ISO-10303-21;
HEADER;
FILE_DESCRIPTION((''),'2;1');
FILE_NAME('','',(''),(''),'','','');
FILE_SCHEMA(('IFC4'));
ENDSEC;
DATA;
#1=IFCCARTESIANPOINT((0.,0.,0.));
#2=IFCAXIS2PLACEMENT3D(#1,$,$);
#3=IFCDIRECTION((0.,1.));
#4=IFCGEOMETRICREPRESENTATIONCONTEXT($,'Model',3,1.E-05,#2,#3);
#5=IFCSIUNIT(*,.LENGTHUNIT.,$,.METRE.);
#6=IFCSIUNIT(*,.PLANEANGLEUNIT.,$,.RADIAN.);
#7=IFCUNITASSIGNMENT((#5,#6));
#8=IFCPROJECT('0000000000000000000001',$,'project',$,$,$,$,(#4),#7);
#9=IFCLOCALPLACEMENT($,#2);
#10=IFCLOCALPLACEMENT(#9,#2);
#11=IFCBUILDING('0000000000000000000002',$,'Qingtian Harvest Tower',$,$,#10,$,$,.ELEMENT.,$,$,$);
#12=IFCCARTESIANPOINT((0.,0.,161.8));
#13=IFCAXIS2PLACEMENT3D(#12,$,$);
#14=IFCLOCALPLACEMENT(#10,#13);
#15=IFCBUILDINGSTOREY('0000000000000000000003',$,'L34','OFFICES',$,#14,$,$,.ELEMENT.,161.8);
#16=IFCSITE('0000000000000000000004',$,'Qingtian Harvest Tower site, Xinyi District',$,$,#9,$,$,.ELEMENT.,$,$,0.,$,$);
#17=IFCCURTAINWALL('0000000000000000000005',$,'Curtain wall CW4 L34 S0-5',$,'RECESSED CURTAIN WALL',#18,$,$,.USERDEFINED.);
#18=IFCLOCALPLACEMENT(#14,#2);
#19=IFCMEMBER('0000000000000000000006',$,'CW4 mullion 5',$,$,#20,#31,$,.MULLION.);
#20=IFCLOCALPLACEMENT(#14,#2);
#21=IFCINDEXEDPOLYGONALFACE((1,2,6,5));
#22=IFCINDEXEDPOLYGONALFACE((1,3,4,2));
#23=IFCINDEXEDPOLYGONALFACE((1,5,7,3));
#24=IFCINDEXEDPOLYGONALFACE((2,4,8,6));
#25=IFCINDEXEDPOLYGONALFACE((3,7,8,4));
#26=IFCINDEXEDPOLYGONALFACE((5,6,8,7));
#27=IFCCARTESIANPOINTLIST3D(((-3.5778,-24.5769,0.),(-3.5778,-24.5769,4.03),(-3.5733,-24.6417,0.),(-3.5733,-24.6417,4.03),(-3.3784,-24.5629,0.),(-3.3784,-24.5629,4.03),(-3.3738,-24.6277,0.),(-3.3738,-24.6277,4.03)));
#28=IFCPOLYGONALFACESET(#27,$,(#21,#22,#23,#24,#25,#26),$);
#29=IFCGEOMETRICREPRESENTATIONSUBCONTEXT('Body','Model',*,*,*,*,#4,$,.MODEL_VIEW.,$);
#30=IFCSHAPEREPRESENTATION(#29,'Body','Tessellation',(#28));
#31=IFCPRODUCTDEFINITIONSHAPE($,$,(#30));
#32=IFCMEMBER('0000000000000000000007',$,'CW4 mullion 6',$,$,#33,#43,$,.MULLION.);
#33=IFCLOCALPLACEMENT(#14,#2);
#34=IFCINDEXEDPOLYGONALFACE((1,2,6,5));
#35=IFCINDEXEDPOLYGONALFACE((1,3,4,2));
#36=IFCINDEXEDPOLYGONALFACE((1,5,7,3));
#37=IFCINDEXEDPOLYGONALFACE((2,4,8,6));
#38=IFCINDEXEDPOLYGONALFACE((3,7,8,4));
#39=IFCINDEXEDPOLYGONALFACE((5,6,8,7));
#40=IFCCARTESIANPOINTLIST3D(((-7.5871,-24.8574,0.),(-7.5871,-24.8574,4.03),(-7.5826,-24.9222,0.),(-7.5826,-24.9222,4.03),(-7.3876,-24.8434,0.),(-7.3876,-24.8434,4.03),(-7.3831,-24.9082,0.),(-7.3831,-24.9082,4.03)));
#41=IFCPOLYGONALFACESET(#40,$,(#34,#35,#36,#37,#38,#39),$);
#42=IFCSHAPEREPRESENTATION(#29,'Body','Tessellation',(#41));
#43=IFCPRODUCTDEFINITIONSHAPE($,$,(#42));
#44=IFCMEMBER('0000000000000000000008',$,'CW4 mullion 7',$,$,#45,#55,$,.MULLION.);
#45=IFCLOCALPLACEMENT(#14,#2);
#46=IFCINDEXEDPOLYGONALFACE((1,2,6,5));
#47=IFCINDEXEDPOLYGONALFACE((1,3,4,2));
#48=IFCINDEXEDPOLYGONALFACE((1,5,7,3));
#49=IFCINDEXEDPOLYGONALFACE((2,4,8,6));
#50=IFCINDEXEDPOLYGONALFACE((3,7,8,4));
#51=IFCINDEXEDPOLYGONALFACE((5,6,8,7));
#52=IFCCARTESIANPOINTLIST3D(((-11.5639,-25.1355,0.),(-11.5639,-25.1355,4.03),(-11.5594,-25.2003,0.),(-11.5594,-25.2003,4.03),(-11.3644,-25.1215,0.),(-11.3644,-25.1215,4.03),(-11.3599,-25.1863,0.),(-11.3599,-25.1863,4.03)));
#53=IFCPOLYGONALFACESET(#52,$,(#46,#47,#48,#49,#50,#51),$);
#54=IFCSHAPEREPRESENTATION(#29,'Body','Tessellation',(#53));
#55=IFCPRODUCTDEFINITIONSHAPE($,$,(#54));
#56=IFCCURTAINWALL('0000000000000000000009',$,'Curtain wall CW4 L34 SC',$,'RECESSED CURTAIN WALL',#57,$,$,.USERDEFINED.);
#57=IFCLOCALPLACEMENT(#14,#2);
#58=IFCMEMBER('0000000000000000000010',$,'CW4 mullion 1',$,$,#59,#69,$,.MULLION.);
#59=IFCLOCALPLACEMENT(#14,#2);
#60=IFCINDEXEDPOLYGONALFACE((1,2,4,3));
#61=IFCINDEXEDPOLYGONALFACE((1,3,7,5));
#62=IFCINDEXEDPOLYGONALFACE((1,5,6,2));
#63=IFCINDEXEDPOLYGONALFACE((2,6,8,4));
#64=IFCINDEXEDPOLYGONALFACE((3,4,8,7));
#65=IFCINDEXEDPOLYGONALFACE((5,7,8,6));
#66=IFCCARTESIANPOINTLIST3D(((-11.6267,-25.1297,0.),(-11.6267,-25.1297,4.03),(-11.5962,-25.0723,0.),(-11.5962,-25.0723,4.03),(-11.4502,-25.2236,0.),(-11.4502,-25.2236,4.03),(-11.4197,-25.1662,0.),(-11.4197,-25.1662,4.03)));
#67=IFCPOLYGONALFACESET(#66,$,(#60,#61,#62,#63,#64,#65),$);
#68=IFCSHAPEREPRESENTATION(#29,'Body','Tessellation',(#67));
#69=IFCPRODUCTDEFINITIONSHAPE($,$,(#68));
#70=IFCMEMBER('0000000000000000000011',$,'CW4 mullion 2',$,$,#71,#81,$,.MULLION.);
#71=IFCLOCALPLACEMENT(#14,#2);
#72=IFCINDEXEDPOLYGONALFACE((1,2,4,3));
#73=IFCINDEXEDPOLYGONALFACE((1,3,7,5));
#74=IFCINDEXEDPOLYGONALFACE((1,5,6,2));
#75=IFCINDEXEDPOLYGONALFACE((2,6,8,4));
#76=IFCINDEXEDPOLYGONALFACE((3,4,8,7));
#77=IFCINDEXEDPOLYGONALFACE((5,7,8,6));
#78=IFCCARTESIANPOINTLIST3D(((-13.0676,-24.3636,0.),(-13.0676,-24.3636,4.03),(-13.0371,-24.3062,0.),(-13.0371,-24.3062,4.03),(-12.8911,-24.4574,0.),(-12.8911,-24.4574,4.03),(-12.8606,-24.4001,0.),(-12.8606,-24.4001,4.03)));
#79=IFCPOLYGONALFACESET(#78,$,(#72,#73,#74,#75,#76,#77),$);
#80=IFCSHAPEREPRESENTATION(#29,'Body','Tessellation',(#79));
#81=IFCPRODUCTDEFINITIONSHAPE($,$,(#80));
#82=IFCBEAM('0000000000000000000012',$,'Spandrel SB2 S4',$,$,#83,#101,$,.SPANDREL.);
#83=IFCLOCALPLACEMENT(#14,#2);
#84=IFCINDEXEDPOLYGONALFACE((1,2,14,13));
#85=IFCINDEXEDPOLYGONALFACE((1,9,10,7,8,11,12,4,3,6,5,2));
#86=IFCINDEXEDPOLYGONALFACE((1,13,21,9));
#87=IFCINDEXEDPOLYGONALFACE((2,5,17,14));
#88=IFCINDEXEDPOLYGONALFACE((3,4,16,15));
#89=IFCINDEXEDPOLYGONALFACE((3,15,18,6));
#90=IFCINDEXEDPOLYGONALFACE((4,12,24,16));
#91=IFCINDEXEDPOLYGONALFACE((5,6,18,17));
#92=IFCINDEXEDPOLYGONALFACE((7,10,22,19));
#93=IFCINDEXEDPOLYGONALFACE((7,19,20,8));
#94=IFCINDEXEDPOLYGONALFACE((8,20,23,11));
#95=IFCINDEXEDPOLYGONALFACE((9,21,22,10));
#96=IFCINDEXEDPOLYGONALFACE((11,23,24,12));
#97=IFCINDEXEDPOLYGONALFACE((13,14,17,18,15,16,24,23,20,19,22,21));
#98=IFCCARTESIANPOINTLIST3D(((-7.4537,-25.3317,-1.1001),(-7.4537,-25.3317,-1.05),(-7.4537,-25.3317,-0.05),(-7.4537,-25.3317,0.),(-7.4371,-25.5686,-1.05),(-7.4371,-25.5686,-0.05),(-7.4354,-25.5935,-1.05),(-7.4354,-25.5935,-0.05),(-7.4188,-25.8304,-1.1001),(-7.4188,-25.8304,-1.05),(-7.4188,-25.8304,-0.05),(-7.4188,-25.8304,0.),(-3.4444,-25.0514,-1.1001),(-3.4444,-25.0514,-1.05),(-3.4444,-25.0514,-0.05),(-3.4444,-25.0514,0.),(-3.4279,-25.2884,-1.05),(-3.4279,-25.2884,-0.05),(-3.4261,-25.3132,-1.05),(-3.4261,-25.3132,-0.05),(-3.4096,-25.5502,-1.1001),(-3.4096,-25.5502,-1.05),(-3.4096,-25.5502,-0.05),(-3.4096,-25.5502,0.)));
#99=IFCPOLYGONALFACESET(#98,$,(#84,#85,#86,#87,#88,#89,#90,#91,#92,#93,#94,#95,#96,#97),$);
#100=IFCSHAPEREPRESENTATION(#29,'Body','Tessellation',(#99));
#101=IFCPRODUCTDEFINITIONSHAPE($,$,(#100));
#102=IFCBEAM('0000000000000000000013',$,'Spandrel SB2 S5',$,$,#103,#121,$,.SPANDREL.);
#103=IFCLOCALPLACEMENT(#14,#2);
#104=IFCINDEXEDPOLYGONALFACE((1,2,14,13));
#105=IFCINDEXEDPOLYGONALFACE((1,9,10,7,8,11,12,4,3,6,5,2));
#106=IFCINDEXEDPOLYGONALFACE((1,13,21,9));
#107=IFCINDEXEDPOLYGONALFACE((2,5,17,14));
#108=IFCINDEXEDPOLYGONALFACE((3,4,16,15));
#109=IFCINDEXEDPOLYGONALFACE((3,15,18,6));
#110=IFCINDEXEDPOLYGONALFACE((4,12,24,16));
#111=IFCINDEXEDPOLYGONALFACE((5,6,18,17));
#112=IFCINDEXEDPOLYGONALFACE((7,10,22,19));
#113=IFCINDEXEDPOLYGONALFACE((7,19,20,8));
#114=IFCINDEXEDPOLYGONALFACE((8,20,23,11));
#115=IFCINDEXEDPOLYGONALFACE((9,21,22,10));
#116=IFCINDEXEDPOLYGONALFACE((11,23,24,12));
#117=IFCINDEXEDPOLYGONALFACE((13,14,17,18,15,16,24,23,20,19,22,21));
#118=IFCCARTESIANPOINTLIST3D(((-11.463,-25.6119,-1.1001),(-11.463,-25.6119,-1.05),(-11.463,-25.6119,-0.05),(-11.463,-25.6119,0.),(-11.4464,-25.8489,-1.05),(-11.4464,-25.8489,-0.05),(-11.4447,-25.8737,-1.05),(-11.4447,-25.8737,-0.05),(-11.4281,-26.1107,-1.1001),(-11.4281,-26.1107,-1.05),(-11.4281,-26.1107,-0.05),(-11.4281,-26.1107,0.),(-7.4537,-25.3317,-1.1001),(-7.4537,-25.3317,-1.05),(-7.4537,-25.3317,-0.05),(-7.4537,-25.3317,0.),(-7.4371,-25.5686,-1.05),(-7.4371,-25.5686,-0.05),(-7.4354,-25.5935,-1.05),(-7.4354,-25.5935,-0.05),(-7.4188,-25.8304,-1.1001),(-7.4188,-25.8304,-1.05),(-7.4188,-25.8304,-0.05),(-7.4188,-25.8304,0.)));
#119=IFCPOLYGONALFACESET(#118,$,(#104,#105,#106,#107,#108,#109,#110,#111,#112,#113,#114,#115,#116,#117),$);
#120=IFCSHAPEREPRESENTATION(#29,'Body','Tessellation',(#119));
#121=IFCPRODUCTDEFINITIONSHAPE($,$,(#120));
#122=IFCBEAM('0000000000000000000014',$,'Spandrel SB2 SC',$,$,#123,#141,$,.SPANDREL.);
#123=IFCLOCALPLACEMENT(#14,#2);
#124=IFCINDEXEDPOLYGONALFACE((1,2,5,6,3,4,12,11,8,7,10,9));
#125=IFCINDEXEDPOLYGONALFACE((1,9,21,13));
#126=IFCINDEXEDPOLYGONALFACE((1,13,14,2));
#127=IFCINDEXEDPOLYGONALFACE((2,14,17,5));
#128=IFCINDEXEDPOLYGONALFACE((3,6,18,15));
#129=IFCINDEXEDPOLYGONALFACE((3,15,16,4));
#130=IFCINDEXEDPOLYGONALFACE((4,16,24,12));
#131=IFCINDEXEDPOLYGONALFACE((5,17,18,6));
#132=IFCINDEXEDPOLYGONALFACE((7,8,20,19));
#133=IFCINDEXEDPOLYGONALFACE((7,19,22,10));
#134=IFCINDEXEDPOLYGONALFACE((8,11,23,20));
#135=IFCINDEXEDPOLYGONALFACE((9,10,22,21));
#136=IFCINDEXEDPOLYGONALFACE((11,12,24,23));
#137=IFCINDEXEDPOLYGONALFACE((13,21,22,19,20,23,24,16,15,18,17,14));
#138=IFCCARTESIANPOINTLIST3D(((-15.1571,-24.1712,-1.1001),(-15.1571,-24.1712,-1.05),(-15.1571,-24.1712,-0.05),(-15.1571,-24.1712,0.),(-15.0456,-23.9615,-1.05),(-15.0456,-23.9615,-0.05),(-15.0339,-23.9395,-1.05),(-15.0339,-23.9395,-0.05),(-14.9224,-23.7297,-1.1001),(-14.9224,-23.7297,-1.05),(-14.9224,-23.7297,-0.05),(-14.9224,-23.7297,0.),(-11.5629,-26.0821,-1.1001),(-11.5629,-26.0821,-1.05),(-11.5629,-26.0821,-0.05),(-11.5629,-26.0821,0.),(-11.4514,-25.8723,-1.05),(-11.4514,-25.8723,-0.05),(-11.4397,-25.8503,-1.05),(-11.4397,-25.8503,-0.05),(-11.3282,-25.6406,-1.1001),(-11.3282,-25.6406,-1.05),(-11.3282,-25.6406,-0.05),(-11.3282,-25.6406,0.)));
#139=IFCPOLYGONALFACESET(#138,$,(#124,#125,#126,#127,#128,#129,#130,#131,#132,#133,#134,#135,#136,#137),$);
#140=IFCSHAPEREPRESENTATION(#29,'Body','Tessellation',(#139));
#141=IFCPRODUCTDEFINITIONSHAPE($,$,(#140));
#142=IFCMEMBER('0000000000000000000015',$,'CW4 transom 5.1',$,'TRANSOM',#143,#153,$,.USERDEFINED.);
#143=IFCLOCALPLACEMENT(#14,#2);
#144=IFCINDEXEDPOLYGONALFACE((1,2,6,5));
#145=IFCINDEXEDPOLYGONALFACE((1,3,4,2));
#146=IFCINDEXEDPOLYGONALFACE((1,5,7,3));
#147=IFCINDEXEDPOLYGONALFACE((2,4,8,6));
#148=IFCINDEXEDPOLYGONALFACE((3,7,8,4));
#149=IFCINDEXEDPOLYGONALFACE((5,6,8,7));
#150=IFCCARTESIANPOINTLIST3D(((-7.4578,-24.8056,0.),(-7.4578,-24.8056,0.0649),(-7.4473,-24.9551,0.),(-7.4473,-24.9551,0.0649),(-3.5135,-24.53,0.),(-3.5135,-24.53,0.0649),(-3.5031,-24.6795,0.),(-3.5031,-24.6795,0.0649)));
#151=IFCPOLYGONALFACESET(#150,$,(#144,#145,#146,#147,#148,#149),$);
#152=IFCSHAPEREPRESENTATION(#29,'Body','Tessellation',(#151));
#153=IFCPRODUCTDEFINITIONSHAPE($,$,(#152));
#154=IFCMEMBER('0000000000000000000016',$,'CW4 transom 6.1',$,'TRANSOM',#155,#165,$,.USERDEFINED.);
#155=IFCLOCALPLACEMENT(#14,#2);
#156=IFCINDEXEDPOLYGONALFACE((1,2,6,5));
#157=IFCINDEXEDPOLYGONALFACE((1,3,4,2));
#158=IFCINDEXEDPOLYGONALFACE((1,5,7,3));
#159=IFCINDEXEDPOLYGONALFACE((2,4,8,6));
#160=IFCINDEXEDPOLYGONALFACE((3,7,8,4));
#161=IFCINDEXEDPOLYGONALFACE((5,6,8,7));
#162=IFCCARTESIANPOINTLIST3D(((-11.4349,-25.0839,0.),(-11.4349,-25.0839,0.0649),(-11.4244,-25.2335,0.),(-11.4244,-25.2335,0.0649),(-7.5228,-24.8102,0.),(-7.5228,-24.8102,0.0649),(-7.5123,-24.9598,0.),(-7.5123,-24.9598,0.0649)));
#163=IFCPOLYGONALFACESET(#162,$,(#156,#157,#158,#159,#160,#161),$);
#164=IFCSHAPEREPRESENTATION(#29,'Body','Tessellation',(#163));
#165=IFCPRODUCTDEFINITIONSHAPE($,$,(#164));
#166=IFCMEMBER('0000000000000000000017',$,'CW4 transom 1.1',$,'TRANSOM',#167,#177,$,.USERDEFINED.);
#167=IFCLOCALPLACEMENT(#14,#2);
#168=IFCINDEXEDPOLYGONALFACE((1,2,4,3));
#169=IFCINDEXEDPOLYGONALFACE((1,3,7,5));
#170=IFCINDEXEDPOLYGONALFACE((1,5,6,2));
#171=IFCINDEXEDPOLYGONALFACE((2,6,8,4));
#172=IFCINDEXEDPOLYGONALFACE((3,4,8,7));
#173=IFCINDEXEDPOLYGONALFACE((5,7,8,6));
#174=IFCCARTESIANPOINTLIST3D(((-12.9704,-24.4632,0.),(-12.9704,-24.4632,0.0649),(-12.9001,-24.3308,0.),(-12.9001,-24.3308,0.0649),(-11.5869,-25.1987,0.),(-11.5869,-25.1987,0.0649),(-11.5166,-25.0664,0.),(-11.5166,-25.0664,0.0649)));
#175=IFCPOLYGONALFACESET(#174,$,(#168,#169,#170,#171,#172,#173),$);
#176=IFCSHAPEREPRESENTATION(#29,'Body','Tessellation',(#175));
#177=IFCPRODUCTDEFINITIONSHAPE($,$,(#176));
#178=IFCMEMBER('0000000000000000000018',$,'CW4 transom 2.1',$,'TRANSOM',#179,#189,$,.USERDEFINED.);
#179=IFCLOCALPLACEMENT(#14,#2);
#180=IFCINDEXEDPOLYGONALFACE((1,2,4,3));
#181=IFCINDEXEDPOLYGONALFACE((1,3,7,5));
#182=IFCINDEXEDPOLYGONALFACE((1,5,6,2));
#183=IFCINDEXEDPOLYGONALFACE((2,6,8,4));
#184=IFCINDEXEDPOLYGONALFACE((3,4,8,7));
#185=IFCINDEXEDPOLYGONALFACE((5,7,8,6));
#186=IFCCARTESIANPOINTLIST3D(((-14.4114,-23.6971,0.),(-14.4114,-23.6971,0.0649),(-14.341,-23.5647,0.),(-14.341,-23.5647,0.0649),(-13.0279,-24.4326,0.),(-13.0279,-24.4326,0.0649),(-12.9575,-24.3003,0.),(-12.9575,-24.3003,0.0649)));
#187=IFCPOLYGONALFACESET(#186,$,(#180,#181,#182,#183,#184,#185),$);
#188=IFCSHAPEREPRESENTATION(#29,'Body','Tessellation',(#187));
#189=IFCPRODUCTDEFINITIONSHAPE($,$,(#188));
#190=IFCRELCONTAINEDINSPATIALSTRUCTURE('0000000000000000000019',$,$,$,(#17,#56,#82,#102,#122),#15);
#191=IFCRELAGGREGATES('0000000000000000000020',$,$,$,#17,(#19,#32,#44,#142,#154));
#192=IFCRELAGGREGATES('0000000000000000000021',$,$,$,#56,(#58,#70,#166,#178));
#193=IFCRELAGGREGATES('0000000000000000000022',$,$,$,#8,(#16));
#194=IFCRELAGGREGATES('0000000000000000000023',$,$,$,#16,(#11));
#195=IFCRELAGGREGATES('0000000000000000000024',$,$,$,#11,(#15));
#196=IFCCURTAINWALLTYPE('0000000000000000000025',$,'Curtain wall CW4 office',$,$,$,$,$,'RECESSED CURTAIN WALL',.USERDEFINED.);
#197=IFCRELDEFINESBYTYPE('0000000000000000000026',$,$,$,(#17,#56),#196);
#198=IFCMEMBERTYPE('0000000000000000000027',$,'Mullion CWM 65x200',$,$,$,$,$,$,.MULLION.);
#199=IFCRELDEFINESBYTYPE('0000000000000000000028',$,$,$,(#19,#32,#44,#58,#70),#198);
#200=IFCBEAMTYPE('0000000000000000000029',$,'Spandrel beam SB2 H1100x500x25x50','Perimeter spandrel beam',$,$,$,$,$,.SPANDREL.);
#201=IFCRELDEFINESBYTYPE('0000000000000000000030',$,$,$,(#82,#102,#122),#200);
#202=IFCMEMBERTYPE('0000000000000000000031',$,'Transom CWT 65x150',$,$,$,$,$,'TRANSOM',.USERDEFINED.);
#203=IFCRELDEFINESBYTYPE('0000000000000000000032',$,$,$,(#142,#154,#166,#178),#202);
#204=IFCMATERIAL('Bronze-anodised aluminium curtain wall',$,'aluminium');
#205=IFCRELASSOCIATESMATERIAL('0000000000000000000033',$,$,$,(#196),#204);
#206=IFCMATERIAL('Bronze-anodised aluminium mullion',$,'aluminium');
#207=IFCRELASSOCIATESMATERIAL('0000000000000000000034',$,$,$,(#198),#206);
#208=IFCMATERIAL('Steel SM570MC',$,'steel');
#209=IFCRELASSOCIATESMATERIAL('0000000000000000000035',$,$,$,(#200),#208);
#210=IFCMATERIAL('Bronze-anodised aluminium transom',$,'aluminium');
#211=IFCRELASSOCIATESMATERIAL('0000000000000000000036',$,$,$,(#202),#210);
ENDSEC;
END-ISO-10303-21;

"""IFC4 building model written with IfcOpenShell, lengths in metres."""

from ifc_helpers import new_model, si_unit, direction, frame, origin, origin_2d, place, context, subcontext, project, spatial, rectangle, i_section, extrude, material, material_profile, profile_set, type_object, element, aggregate, save


model = new_model("IFC4")

# Units and contexts
model_context = context("Model", 3, precision=1e-05, world=origin(), true_north=direction((0.0, 1.0)))
body_context = subcontext(model_context, "Body", "Model", "MODEL_VIEW")
ifc_project = project(units=[si_unit("LENGTHUNIT", "METRE"), si_unit("PLANEANGLEUNIT", "RADIAN")], contexts=[model_context])

# Site, building, storey
site_placement = place(None, origin())
site = spatial("IfcSite", under=ifc_project, at=site_placement, Name="Qingtian Harvest Tower site, Xinyi District", CompositionType="ELEMENT", RefElevation=0.0)
building_placement = place(site_placement, origin())
building = spatial("IfcBuilding", under=site, at=building_placement, Name="Qingtian Harvest Tower", CompositionType="ELEMENT")
storey_placement = place(building_placement, frame((0.0, 0.0, 161.8)))
storey = spatial("IfcBuildingStorey", under=building, at=storey_placement, Name="L34", Description="OFFICES", CompositionType="ELEMENT", Elevation=161.8)

# Curtain walls, members
ifc_material_1 = material(Name="Bronze-anodised aluminium curtain wall", Category="aluminium")
curtain_wall_type = type_object("IfcCurtainWallType", Name="Curtain wall CW4 office", ElementType="RECESSED CURTAIN WALL", PredefinedType="USERDEFINED", material=ifc_material_1)
curtain_wall_1_placement = place(storey_placement, origin())
curtain_wall_1 = element("IfcCurtainWall", 1, at=curtain_wall_1_placement, inside=storey, type_object=curtain_wall_type, Name="Curtain wall CW4 L34 S0-5", ObjectType="RECESSED CURTAIN WALL", PredefinedType="USERDEFINED")
ifc_material_2 = material(Name="Bronze-anodised aluminium mullion", Category="aluminium")
ifc_material_profile_1 = material_profile(ifc_material_2, rectangle(XDim=0.0649, YDim=0.2, at=origin_2d()), Name="AL 65x200")
ifc_profile_set_1 = profile_set([ifc_material_profile_1], Name="Bronze-anodised aluminium mullion")
member_type_1 = type_object("IfcMemberType", Name="Mullion CWM 65x200", PredefinedType="MULLION", material=ifc_profile_set_1)
member_1_placement = place(storey_placement, frame((-3.4758, -24.6023, 0.0), z_axis=(0.0, 0.0, 1.0), x_axis=(0.069756, -0.997564, 0.0)))
member_1 = element("IfcMember", 2, at=member_1_placement, type_object=member_type_1, Name="CW4 mullion 5", PredefinedType="MULLION", context=body_context, shape_type="SweptSolid", body=[
    extrude(rectangle(XDim=0.0649, YDim=0.2, at=origin_2d()), origin(), (0.0, 0.0, 1.0), 4.03),
])
member_2_placement = place(storey_placement, frame((-7.4851, -24.8828, 0.0), z_axis=(0.0, 0.0, 1.0), x_axis=(0.069756, -0.997564, 0.0)))
member_2 = element("IfcMember", 3, at=member_2_placement, type_object=member_type_1, Name="CW4 mullion 6", PredefinedType="MULLION", context=body_context, shape_type="SweptSolid", body=[
    extrude(rectangle(XDim=0.0649, YDim=0.2, at=origin_2d()), origin(), (0.0, 0.0, 1.0), 4.03),
])
member_3_placement = place(storey_placement, frame((-11.4619, -25.1609, 0.0), z_axis=(0.0, 0.0, 1.0), x_axis=(0.069756, -0.997564, 0.0)))
member_3 = element("IfcMember", 4, at=member_3_placement, type_object=member_type_1, Name="CW4 mullion 7", PredefinedType="MULLION", context=body_context, shape_type="SweptSolid", body=[
    extrude(rectangle(XDim=0.0649, YDim=0.2, at=origin_2d()), origin(), (0.0, 0.0, 1.0), 4.03),
])
curtain_wall_2_placement = place(storey_placement, origin())
curtain_wall_2 = element("IfcCurtainWall", 5, at=curtain_wall_2_placement, inside=storey, type_object=curtain_wall_type, Name="Curtain wall CW4 L34 SC", ObjectType="RECESSED CURTAIN WALL", PredefinedType="USERDEFINED")
member_4_placement = place(storey_placement, frame((-11.5232, -25.1479, 0.0), z_axis=(0.0, 0.0, 1.0), x_axis=(-0.469472, -0.882948, 0.0)))
member_4 = element("IfcMember", 6, at=member_4_placement, type_object=member_type_1, Name="CW4 mullion 1", PredefinedType="MULLION", context=body_context, shape_type="SweptSolid", body=[
    extrude(rectangle(XDim=0.0649, YDim=0.2, at=origin_2d()), origin(), (0.0, 0.0, 1.0), 4.03),
])
member_5_placement = place(storey_placement, frame((-12.9641, -24.3818, 0.0), z_axis=(0.0, 0.0, 1.0), x_axis=(-0.469472, -0.882948, 0.0)))
member_5 = element("IfcMember", 7, at=member_5_placement, type_object=member_type_1, Name="CW4 mullion 2", PredefinedType="MULLION", context=body_context, shape_type="SweptSolid", body=[
    extrude(rectangle(XDim=0.0649, YDim=0.2, at=origin_2d()), origin(), (0.0, 0.0, 1.0), 4.03),
])

# Beams
ifc_material_3 = material(Name="Steel SM570MC", Category="steel")
ifc_material_profile_2 = material_profile(ifc_material_3, i_section(OverallWidth=0.5, OverallDepth=1.1001, WebThickness=0.0249, FlangeThickness=0.05, at=origin_2d()), Name="H1100x500x25x50")
ifc_profile_set_2 = profile_set([ifc_material_profile_2], Name="Steel SM570MC")
beam_type_1 = type_object("IfcBeamType", Name="Spandrel beam SB2 H1100x500x25x50", Description="Perimeter spandrel beam", PredefinedType="SPANDREL", material=ifc_profile_set_2)
for number, where, z_axis, x_axis, name in (
    (8, (-3.427, -25.3008, -0.55), (-0.997565, -0.069736, 0.0), (0.069736, -0.997565, 0.0), "Spandrel SB2 S4"),
    (9, (-7.4363, -25.5811, -0.55), (-0.997565, -0.069736, 0.0), (0.069736, -0.997565, 0.0), "Spandrel SB2 S5"),
):
    element("IfcBeam", number, at=place(storey_placement, frame(where, z_axis=z_axis, x_axis=x_axis)), inside=storey, type_object=beam_type_1, Name=name, PredefinedType="SPANDREL", context=body_context, shape_type="SweptSolid", body=[
        extrude(i_section(OverallWidth=0.5, OverallDepth=1.1001, WebThickness=0.0249, FlangeThickness=0.05, at=origin_2d()), origin(), (0.0, 0.0, 1.0), 4.019),
    ])
beam_1_placement = place(storey_placement, frame((-11.4456, -25.8613, -0.55), z_axis=(-0.882968, 0.469433, 0.0), x_axis=(-0.469433, -0.882968, 0.0)))
element("IfcBeam", 10, at=beam_1_placement, inside=storey, type_object=beam_type_1, Name="Spandrel SB2 SC", PredefinedType="SPANDREL", context=body_context, shape_type="SweptSolid", body=[
    extrude(i_section(OverallWidth=0.5, OverallDepth=1.1001, WebThickness=0.0249, FlangeThickness=0.05, at=origin_2d()), origin(), (0.0, 0.0, 1.0), 4.0706),
])

# Members
ifc_material_4 = material(Name="Bronze-anodised aluminium transom", Category="aluminium")
ifc_material_profile_3 = material_profile(ifc_material_4, rectangle(XDim=0.1499, YDim=0.0649, at=origin_2d()), Name="AL 65x150")
ifc_profile_set_3 = profile_set([ifc_material_profile_3], Name="Bronze-anodised aluminium transom")
member_type_2 = type_object("IfcMemberType", Name="Transom CWT 65x150", ElementType="TRANSOM", PredefinedType="USERDEFINED", material=ifc_profile_set_3)
member_6_placement = place(storey_placement, frame((-3.5083, -24.6047, 0.0325), z_axis=(-0.997567, -0.069711, 0.0), x_axis=(0.069711, -0.997567, 0.0)))
member_6 = element("IfcMember", 11, at=member_6_placement, type_object=member_type_2, Name="CW4 transom 5.1", ObjectType="TRANSOM", PredefinedType="USERDEFINED", context=body_context, shape_type="SweptSolid", body=[
    extrude(rectangle(XDim=0.1499, YDim=0.0649, at=origin_2d()), origin(), (0.0, 0.0, 1.0), 3.9539),
])
member_7_placement = place(storey_placement, frame((-7.5176, -24.885, 0.0325), z_axis=(-0.997562, -0.069787, 0.0), x_axis=(0.069787, -0.997562, 0.0)))
member_7 = element("IfcMember", 12, at=member_7_placement, type_object=member_type_2, Name="CW4 transom 6.1", ObjectType="TRANSOM", PredefinedType="USERDEFINED", context=body_context, shape_type="SweptSolid", body=[
    extrude(rectangle(XDim=0.1499, YDim=0.0649, at=origin_2d()), origin(), (0.0, 0.0, 1.0), 3.9216),
])
member_8_placement = place(storey_placement, frame((-11.5518, -25.1326, 0.0325), z_axis=(-0.88296, 0.469448, 0.0), x_axis=(-0.469448, -0.88296, 0.0)))
member_8 = element("IfcMember", 13, at=member_8_placement, type_object=member_type_2, Name="CW4 transom 1.1", ObjectType="TRANSOM", PredefinedType="USERDEFINED", context=body_context, shape_type="SweptSolid", body=[
    extrude(rectangle(XDim=0.1499, YDim=0.0649, at=origin_2d()), origin(), (0.0, 0.0, 1.0), 1.5669),
])
member_9_placement = place(storey_placement, frame((-12.9927, -24.3665, 0.0325), z_axis=(-0.88296, 0.469448, 0.0), x_axis=(-0.469448, -0.88296, 0.0)))
member_9 = element("IfcMember", 14, at=member_9_placement, type_object=member_type_2, Name="CW4 transom 2.1", ObjectType="TRANSOM", PredefinedType="USERDEFINED", context=body_context, shape_type="SweptSolid", body=[
    extrude(rectangle(XDim=0.1499, YDim=0.0649, at=origin_2d()), origin(), (0.0, 0.0, 1.0), 1.5669),
])

aggregate(curtain_wall_1, [member_1, member_2, member_3, member_6, member_7])
aggregate(curtain_wall_2, [member_4, member_5, member_8, member_9])

save(model, "model.ifc")
